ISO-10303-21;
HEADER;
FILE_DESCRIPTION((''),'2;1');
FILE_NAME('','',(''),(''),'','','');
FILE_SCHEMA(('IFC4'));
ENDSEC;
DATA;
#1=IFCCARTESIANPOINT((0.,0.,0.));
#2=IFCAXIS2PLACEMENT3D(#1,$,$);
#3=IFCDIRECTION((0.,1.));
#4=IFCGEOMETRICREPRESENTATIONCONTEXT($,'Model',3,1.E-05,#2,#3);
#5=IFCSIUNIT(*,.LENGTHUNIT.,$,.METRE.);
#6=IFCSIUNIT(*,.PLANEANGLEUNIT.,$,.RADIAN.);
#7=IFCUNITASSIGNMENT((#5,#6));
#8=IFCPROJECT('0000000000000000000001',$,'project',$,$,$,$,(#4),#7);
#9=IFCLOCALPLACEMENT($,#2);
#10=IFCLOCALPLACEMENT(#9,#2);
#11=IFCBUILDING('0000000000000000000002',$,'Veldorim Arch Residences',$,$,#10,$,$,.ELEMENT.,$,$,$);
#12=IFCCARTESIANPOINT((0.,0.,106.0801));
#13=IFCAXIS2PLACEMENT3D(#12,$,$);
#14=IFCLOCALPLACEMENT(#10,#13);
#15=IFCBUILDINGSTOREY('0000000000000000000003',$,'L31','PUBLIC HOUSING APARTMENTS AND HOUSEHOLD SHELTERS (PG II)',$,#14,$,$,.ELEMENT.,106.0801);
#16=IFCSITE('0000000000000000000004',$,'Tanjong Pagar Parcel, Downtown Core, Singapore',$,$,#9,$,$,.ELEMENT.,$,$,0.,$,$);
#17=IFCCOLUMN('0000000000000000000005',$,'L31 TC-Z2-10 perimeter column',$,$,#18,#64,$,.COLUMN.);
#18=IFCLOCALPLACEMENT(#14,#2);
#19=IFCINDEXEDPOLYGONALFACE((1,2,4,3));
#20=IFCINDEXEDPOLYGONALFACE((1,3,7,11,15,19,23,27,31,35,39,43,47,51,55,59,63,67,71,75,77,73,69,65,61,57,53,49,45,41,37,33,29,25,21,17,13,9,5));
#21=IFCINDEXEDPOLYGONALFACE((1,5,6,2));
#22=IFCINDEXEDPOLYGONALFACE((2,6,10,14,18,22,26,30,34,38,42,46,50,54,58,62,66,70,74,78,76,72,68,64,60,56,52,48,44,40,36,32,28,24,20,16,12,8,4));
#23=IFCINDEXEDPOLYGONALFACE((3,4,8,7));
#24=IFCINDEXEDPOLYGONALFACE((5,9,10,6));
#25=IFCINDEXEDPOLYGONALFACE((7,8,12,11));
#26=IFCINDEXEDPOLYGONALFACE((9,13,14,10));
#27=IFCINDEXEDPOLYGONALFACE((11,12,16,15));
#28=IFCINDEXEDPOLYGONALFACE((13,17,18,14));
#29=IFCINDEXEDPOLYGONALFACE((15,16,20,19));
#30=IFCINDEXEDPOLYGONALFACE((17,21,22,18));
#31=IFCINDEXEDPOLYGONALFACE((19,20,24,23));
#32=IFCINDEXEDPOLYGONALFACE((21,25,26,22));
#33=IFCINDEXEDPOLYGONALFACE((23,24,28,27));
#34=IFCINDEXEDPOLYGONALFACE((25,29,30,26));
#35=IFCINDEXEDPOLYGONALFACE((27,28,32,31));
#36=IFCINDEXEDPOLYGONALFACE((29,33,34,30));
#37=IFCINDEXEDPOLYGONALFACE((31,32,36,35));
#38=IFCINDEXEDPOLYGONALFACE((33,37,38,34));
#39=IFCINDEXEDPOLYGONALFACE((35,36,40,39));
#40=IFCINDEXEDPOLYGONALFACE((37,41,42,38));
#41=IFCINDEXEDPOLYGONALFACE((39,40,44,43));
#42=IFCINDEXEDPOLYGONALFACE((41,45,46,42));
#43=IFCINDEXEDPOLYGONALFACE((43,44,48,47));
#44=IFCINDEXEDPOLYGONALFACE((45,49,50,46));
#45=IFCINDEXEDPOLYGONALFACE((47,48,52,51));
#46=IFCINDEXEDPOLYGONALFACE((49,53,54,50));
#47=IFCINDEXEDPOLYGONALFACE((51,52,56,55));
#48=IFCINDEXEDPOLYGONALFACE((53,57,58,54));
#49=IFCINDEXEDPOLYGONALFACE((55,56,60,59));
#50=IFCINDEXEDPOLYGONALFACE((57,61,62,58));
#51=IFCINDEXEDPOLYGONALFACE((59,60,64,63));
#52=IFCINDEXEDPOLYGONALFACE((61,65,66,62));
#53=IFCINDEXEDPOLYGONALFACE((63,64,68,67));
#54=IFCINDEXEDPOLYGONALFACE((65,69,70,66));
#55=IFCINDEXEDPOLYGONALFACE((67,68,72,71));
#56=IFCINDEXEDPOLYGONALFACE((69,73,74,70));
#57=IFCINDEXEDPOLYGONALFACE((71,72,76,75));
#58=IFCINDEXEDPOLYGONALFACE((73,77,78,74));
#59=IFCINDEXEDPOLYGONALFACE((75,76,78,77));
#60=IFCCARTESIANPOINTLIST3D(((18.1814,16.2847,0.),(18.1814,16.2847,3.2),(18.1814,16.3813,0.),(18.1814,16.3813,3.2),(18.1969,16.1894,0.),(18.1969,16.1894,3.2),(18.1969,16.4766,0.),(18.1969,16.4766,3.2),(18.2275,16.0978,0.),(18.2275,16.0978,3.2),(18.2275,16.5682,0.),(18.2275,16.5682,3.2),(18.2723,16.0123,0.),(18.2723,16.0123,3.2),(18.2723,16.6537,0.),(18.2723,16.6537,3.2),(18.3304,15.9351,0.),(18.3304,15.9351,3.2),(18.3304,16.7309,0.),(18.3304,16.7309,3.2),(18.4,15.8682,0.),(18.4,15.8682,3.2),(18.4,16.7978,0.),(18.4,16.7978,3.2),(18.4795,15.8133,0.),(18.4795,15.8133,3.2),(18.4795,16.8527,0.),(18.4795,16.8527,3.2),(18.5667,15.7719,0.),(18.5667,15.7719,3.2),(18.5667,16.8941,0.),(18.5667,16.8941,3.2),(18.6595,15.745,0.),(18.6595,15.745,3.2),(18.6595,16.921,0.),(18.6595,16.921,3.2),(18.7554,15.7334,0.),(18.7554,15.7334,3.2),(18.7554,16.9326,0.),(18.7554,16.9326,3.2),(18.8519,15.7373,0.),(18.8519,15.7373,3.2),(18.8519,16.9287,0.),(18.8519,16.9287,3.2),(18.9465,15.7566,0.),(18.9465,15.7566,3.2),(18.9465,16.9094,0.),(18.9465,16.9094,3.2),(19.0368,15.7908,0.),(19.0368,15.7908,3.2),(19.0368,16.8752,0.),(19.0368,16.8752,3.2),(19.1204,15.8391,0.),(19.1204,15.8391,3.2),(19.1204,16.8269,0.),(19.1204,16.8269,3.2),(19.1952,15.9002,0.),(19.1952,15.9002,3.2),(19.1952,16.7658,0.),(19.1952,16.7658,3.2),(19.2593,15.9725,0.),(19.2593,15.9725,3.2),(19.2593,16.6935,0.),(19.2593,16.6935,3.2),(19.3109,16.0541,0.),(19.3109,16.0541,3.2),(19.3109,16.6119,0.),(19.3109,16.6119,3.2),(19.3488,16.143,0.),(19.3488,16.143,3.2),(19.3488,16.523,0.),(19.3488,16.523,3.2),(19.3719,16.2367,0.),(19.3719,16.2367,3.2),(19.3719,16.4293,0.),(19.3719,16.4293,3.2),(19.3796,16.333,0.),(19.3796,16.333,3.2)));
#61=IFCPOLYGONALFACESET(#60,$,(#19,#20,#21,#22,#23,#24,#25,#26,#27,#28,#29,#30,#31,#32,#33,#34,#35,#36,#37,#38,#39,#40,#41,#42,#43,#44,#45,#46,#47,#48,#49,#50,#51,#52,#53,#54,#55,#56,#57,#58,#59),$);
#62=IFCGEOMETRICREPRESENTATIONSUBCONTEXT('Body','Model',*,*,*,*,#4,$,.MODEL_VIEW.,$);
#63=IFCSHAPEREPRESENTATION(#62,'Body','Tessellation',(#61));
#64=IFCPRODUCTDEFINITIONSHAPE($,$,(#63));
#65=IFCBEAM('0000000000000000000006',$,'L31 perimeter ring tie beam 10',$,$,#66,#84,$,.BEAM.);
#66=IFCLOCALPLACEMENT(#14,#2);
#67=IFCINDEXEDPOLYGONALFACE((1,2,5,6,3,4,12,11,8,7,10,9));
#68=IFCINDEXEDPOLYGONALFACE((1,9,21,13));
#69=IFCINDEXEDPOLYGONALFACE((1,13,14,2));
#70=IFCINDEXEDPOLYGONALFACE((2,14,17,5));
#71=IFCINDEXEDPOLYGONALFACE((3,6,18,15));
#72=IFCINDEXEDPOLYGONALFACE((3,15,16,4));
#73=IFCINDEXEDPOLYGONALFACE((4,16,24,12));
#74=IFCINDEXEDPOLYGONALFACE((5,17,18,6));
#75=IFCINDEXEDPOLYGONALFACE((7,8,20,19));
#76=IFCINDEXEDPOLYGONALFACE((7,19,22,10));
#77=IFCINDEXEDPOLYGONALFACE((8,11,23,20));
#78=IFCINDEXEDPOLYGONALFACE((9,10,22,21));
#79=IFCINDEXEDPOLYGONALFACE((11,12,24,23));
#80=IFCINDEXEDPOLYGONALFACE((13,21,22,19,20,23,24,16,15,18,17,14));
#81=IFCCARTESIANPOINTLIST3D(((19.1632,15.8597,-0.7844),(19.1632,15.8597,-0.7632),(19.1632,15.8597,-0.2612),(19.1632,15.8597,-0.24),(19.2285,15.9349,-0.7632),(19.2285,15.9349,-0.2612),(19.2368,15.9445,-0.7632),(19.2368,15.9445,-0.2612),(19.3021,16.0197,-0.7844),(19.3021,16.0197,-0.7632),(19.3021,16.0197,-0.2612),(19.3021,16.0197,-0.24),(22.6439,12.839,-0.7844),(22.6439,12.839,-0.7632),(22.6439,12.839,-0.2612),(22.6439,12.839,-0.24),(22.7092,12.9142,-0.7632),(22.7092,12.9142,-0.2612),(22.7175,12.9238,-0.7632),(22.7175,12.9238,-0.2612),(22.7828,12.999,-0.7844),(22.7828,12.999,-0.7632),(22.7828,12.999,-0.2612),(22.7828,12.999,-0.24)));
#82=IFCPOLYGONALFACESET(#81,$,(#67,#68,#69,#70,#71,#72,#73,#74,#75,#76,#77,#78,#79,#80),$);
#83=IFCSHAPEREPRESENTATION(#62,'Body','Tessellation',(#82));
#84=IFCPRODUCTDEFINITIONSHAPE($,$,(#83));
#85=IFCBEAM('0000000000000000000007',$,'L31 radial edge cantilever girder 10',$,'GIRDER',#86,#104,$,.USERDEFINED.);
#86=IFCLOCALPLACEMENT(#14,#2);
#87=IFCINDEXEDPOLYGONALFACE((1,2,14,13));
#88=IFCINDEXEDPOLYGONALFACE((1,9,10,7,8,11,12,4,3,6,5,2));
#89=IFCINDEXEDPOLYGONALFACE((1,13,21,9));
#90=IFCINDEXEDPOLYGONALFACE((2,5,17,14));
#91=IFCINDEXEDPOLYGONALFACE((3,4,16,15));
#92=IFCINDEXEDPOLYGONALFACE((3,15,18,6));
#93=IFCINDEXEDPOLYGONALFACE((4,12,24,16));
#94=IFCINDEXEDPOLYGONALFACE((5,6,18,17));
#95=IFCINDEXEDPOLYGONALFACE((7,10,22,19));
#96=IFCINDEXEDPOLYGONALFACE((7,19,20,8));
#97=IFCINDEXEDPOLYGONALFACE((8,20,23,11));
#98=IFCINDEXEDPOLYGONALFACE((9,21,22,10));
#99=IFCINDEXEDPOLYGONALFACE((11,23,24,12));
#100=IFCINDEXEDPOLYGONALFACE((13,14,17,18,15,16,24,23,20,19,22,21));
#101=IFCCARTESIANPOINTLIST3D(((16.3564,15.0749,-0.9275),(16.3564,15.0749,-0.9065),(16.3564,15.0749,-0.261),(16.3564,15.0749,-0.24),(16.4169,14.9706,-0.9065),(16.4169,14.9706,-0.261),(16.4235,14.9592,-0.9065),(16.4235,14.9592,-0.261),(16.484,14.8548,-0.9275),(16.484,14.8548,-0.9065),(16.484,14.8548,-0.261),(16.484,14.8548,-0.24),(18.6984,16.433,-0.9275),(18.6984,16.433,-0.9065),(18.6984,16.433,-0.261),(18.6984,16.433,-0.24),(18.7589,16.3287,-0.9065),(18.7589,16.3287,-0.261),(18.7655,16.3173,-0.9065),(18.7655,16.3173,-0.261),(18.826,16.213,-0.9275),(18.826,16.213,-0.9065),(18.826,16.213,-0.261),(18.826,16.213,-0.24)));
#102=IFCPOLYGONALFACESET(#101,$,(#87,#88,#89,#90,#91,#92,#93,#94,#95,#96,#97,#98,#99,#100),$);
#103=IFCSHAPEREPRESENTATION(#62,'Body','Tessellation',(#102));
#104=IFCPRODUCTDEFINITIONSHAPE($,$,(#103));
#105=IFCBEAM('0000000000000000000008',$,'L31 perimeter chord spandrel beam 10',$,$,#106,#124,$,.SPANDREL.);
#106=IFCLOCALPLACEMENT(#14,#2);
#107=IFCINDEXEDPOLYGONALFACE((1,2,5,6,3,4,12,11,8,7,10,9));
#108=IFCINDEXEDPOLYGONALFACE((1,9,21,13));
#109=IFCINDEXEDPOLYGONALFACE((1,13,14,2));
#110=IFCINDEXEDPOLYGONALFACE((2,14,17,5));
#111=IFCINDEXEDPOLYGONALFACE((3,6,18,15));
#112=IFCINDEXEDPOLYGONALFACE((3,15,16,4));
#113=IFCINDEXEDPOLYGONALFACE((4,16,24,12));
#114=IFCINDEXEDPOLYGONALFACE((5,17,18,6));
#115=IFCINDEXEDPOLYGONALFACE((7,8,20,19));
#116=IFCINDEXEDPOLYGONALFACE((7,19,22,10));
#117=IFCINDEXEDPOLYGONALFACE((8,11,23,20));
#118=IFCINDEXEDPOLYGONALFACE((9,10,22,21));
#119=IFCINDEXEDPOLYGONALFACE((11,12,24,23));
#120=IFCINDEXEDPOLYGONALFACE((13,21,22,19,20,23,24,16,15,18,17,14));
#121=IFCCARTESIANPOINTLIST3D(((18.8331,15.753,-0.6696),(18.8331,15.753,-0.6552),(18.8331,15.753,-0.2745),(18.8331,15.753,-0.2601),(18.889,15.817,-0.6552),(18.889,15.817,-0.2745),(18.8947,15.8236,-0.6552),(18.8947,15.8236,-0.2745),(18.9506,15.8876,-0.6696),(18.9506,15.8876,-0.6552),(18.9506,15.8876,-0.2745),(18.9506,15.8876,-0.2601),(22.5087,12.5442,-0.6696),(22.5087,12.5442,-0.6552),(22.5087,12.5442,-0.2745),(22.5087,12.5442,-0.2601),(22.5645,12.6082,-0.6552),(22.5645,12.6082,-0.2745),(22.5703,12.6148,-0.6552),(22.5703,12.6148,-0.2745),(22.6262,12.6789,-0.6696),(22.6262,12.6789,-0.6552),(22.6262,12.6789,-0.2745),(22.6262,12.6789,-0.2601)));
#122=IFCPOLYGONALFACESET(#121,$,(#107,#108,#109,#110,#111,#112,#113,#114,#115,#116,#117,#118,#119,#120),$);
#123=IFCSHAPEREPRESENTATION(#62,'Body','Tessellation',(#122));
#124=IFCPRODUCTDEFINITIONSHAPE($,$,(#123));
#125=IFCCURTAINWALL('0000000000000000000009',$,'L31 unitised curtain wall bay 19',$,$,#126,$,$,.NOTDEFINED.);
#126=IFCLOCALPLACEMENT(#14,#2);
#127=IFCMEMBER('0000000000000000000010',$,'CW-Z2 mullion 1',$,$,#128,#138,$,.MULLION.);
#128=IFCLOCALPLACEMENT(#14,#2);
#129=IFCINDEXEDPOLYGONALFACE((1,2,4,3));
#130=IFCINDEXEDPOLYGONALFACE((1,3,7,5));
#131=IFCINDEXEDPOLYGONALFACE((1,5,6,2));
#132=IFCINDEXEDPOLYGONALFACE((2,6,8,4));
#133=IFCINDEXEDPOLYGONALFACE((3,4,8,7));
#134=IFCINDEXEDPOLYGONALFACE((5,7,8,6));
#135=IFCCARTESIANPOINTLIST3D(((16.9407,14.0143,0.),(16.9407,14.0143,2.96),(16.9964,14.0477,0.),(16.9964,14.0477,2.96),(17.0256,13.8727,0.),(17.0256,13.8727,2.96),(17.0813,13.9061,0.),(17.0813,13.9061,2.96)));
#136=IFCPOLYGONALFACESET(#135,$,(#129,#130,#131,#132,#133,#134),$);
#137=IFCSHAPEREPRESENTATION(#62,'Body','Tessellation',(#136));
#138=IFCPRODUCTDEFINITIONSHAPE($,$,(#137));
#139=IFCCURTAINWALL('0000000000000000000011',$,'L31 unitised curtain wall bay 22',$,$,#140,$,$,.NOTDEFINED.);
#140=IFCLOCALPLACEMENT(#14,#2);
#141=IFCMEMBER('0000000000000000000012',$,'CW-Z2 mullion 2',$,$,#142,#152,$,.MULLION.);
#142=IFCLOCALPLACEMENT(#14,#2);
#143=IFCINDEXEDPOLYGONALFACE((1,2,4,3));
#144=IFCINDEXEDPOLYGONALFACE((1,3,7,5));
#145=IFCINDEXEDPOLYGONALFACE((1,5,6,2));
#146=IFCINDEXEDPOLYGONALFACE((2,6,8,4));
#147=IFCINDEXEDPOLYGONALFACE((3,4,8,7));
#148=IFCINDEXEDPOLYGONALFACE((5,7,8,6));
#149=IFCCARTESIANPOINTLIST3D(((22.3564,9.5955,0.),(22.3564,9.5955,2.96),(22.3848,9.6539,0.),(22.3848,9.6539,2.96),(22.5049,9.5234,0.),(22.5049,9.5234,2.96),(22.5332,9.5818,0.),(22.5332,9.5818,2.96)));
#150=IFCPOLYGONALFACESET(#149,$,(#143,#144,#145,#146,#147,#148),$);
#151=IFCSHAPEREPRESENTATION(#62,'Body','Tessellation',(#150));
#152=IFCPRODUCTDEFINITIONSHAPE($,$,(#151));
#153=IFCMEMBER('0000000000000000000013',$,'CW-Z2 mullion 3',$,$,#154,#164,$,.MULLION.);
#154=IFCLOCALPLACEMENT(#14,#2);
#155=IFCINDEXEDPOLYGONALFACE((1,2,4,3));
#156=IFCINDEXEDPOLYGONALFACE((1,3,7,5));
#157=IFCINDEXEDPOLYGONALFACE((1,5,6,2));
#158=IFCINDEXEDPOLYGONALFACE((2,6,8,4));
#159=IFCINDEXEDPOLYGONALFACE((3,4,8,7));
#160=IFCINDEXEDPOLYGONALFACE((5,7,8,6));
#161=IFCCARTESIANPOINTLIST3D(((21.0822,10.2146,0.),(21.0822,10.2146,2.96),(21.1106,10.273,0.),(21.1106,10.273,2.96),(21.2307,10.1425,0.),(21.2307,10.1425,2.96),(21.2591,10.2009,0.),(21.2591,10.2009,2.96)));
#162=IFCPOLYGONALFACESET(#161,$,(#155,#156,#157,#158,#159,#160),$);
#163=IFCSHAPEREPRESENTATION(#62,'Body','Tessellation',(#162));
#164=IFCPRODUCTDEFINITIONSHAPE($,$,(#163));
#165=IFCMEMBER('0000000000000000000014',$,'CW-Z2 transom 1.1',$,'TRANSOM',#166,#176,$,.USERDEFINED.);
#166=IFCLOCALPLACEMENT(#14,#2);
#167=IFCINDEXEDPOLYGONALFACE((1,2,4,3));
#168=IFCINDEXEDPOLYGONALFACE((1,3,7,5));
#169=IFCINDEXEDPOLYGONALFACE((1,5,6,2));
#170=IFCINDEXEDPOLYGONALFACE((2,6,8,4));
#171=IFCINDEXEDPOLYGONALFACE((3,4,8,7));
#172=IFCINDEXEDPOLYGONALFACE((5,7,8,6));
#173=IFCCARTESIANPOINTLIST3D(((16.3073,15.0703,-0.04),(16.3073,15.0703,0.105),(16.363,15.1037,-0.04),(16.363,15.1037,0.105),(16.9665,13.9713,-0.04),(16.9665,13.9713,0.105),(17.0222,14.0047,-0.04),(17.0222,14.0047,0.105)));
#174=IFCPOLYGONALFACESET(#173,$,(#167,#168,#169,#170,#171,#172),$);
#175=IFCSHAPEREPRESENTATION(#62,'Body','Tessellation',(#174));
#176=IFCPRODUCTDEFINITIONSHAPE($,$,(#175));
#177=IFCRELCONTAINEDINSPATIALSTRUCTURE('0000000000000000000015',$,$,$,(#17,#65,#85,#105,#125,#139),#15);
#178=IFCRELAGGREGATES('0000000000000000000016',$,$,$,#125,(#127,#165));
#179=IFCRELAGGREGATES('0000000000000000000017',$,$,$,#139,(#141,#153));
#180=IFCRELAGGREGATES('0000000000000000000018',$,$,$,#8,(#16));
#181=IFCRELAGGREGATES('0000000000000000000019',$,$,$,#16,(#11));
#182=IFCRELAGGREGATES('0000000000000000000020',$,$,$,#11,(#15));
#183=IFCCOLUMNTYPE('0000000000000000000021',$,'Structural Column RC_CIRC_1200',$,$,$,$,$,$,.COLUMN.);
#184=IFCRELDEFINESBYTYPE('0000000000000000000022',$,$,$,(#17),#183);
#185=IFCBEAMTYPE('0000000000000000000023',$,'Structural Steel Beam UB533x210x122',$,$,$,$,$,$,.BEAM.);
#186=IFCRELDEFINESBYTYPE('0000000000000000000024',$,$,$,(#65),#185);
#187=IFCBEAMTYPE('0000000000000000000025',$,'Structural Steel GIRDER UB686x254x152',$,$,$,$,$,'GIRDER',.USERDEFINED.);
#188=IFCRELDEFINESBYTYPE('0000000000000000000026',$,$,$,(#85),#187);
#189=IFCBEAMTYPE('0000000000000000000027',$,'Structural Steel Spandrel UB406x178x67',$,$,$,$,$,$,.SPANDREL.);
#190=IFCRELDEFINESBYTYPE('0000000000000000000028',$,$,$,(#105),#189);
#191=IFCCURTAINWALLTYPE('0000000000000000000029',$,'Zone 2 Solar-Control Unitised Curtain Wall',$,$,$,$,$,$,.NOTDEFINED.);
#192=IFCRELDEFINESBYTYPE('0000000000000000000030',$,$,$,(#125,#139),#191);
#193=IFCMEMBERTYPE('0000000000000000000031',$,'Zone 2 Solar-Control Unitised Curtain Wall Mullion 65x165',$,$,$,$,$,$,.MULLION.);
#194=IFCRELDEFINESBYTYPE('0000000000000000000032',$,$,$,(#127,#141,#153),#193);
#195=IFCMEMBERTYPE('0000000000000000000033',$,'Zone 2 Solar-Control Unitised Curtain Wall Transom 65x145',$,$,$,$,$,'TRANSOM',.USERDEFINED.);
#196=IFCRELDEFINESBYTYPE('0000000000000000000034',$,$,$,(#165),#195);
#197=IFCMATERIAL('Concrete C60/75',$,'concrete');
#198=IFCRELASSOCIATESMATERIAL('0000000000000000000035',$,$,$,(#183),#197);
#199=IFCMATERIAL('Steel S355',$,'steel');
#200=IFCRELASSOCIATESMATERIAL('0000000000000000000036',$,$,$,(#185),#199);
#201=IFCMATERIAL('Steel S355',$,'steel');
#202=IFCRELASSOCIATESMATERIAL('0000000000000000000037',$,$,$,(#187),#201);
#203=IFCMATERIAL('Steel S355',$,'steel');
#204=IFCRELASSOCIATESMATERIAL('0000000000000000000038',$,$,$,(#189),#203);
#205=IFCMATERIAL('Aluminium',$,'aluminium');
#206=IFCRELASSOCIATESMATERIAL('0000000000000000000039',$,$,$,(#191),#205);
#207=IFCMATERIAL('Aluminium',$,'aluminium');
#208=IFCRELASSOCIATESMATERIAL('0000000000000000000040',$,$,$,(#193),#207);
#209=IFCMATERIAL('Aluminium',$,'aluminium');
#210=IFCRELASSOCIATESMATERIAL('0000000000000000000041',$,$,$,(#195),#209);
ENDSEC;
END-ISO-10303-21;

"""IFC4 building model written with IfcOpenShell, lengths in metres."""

from ifc_helpers import new_model, si_unit, direction, frame, origin, origin_2d, place, context, subcontext, project, spatial, rectangle, circle, i_section, extrude, material, material_profile, profile_set, type_object, element, aggregate, save


model = new_model("IFC4")

# Units and contexts
model_context = context("Model", 3, precision=1e-05, world=origin(), true_north=direction((0.0, 1.0)))
body_context = subcontext(model_context, "Body", "Model", "MODEL_VIEW")
ifc_project = project(units=[si_unit("LENGTHUNIT", "METRE"), si_unit("PLANEANGLEUNIT", "RADIAN")], contexts=[model_context])

# Site, building, storey
site_placement = place(None, origin())
site = spatial("IfcSite", under=ifc_project, at=site_placement, Name="Tanjong Pagar Parcel, Downtown Core, Singapore", CompositionType="ELEMENT", RefElevation=0.0)
building_placement = place(site_placement, origin())
building = spatial("IfcBuilding", under=site, at=building_placement, Name="Veldorim Arch Residences", CompositionType="ELEMENT")
storey_placement = place(building_placement, frame((0.0, 0.0, 106.0801)))
storey = spatial("IfcBuildingStorey", under=building, at=storey_placement, Name="L31", Description="PUBLIC HOUSING APARTMENTS AND HOUSEHOLD SHELTERS (PG II)", CompositionType="ELEMENT", Elevation=106.0801)

# Column
ifc_material_1 = material(Name="Concrete C60/75", Category="concrete")
ifc_material_profile_1 = material_profile(ifc_material_1, circle(Radius=0.6001, at=origin_2d()), Name="RC_CIRC_1200")
ifc_profile_set_1 = profile_set([ifc_material_profile_1], Name="Concrete C60/75")
column_type = type_object("IfcColumnType", Name="Structural Column RC_CIRC_1200", PredefinedType="COLUMN", material=ifc_profile_set_1)
column_placement = place(storey_placement, frame((18.7795, 16.333, 0.0), z_axis=(0.0, 0.0, 1.0), x_axis=(1.0, 0.0, 0.0)))
element("IfcColumn", 1, at=column_placement, inside=storey, type_object=column_type, Name="L31 TC-Z2-10 perimeter column", PredefinedType="COLUMN", context=body_context, shape_type="SweptSolid", body=[
    extrude(circle(Radius=0.6001, at=origin_2d()), origin(), (0.0, 0.0, 1.0), 3.2),
])

# Beams
ifc_material_2 = material(Name="Steel S355", Category="steel")
ifc_material_profile_2 = material_profile(ifc_material_2, i_section(OverallWidth=0.2119, OverallDepth=0.5444, WebThickness=0.0127, FlangeThickness=0.0212, at=origin_2d()), Name="UB533x210x122")
ifc_profile_set_2 = profile_set([ifc_material_profile_2], Name="Steel S355")
beam_type_1 = type_object("IfcBeamType", Name="Structural Steel Beam UB533x210x122", PredefinedType="BEAM", material=ifc_profile_set_2)
beam_1_placement = place(storey_placement, frame((19.2327, 15.9397, -0.5122), z_axis=(0.755245, -0.655443, 0.0), x_axis=(0.655443, 0.755245, 0.0)))
element("IfcBeam", 2, at=beam_1_placement, inside=storey, type_object=beam_type_1, Name="L31 perimeter ring tie beam 10", PredefinedType="BEAM", context=body_context, shape_type="SweptSolid", body=[
    extrude(i_section(OverallWidth=0.2119, OverallDepth=0.5444, WebThickness=0.0127, FlangeThickness=0.0212, at=origin_2d()), origin(), (0.0, 0.0, 1.0), 4.6086),
])
ifc_material_3 = material(Name="Steel S355", Category="steel")
ifc_material_profile_3 = material_profile(ifc_material_3, i_section(OverallWidth=0.2544, OverallDepth=0.6875, WebThickness=0.0132, FlangeThickness=0.021, at=origin_2d()), Name="UB686x254x152")
ifc_profile_set_3 = profile_set([ifc_material_profile_3], Name="Steel S355")
beam_type_2 = type_object("IfcBeamType", Name="Structural Steel GIRDER UB686x254x152", ElementType="GIRDER", PredefinedType="USERDEFINED", material=ifc_profile_set_3)
beam_2_placement = place(storey_placement, frame((18.7622, 16.323, -0.5837), z_axis=(-0.865068, -0.501655, 0.0), x_axis=(0.501655, -0.865068, 0.0)))
element("IfcBeam", 3, at=beam_2_placement, inside=storey, type_object=beam_type_2, Name="L31 radial edge cantilever girder 10", ObjectType="GIRDER", PredefinedType="USERDEFINED", context=body_context, shape_type="SweptSolid", body=[
    extrude(i_section(OverallWidth=0.2544, OverallDepth=0.6875, WebThickness=0.0132, FlangeThickness=0.021, at=origin_2d()), origin(), (0.0, 0.0, 1.0), 2.7073),
])
ifc_material_4 = material(Name="Steel S355", Category="steel")
ifc_material_profile_4 = material_profile(ifc_material_4, i_section(OverallWidth=0.1787, OverallDepth=0.4094, WebThickness=0.0088, FlangeThickness=0.0144, at=origin_2d()), Name="UB406x178x67")
ifc_profile_set_4 = profile_set([ifc_material_profile_4], Name="Steel S355")
beam_type_3 = type_object("IfcBeamType", Name="Structural Steel Spandrel UB406x178x67", PredefinedType="SPANDREL", material=ifc_profile_set_4)
beam_3_placement = place(storey_placement, frame((18.8918, 15.8203, -0.4648), z_axis=(0.753323, -0.65765, 0.0), x_axis=(0.65765, 0.753323, 0.0)))
element("IfcBeam", 4, at=beam_3_placement, inside=storey, type_object=beam_type_3, Name="L31 perimeter chord spandrel beam 10", PredefinedType="SPANDREL", context=body_context, shape_type="SweptSolid", body=[
    extrude(i_section(OverallWidth=0.1787, OverallDepth=0.4094, WebThickness=0.0088, FlangeThickness=0.0144, at=origin_2d()), origin(), (0.0, 0.0, 1.0), 4.8792),
])

# Curtain wall, member
ifc_material_5 = material(Name="Aluminium", Category="aluminium")
curtain_wall_type = type_object("IfcCurtainWallType", Name="Zone 2 Solar-Control Unitised Curtain Wall", PredefinedType="NOTDEFINED", material=ifc_material_5)
curtain_wall_1_placement = place(storey_placement, origin())
curtain_wall_1 = element("IfcCurtainWall", 5, at=curtain_wall_1_placement, inside=storey, type_object=curtain_wall_type, Name="L31 unitised curtain wall bay 19", PredefinedType="NOTDEFINED")
ifc_material_6 = material(Name="Aluminium", Category="aluminium")
ifc_material_profile_5 = material_profile(ifc_material_6, rectangle(XDim=0.0649, YDim=0.165, at=origin_2d()), Name="ALU_MUL_65x165")
ifc_profile_set_5 = profile_set([ifc_material_profile_5], Name="Aluminium")
member_type_1 = type_object("IfcMemberType", Name="Zone 2 Solar-Control Unitised Curtain Wall Mullion 65x165", PredefinedType="MULLION", material=ifc_profile_set_5)
member_1_placement = place(storey_placement, frame((17.011, 13.9602, 0.0), z_axis=(0.0, 0.0, 1.0), x_axis=(-0.85757, -0.514368, 0.0)))
member_1 = element("IfcMember", 6, at=member_1_placement, type_object=member_type_1, Name="CW-Z2 mullion 1", PredefinedType="MULLION", context=body_context, shape_type="SweptSolid", body=[
    extrude(rectangle(XDim=0.0649, YDim=0.165, at=origin_2d()), origin(), (0.0, 0.0, 1.0), 2.96),
])

# Curtain wall, members
curtain_wall_2_placement = place(storey_placement, origin())
curtain_wall_2 = element("IfcCurtainWall", 7, at=curtain_wall_2_placement, inside=storey, type_object=curtain_wall_type, Name="L31 unitised curtain wall bay 22", PredefinedType="NOTDEFINED")
member_2_placement = place(storey_placement, frame((22.4448, 9.5886, 0.0), z_axis=(0.0, 0.0, 1.0), x_axis=(-0.437, -0.899462, 0.0)))
member_2 = element("IfcMember", 8, at=member_2_placement, type_object=member_type_1, Name="CW-Z2 mullion 2", PredefinedType="MULLION", context=body_context, shape_type="SweptSolid", body=[
    extrude(rectangle(XDim=0.0649, YDim=0.165, at=origin_2d()), origin(), (0.0, 0.0, 1.0), 2.96),
])
member_3_placement = place(storey_placement, frame((21.1707, 10.2078, 0.0), z_axis=(0.0, 0.0, 1.0), x_axis=(-0.437, -0.899462, 0.0)))
member_3 = element("IfcMember", 9, at=member_3_placement, type_object=member_type_1, Name="CW-Z2 mullion 3", PredefinedType="MULLION", context=body_context, shape_type="SweptSolid", body=[
    extrude(rectangle(XDim=0.0649, YDim=0.165, at=origin_2d()), origin(), (0.0, 0.0, 1.0), 2.96),
])

# Member
ifc_material_7 = material(Name="Aluminium", Category="aluminium")
ifc_material_profile_6 = material_profile(ifc_material_7, rectangle(XDim=0.0649, YDim=0.145, at=origin_2d()), Name="ALU_TRN_65x145")
ifc_profile_set_6 = profile_set([ifc_material_profile_6], Name="Aluminium")
member_type_2 = type_object("IfcMemberType", Name="Zone 2 Solar-Control Unitised Curtain Wall Transom 65x145", ElementType="TRANSOM", PredefinedType="USERDEFINED", material=ifc_profile_set_6)
member_4_placement = place(storey_placement, frame((16.9944, 13.988, 0.0325), z_axis=(-0.514412, 0.857543, 0.0), x_axis=(-0.857543, -0.514412, 0.0)))
member_4 = element("IfcMember", 10, at=member_4_placement, type_object=member_type_2, Name="CW-Z2 transom 1.1", ObjectType="TRANSOM", PredefinedType="USERDEFINED", context=body_context, shape_type="SweptSolid", body=[
    extrude(rectangle(XDim=0.0649, YDim=0.145, at=origin_2d()), origin(), (0.0, 0.0, 1.0), 1.2815),
])
aggregate(curtain_wall_1, [member_1, member_4])

aggregate(curtain_wall_2, [member_2, member_3])

save(model, "model.ifc")
